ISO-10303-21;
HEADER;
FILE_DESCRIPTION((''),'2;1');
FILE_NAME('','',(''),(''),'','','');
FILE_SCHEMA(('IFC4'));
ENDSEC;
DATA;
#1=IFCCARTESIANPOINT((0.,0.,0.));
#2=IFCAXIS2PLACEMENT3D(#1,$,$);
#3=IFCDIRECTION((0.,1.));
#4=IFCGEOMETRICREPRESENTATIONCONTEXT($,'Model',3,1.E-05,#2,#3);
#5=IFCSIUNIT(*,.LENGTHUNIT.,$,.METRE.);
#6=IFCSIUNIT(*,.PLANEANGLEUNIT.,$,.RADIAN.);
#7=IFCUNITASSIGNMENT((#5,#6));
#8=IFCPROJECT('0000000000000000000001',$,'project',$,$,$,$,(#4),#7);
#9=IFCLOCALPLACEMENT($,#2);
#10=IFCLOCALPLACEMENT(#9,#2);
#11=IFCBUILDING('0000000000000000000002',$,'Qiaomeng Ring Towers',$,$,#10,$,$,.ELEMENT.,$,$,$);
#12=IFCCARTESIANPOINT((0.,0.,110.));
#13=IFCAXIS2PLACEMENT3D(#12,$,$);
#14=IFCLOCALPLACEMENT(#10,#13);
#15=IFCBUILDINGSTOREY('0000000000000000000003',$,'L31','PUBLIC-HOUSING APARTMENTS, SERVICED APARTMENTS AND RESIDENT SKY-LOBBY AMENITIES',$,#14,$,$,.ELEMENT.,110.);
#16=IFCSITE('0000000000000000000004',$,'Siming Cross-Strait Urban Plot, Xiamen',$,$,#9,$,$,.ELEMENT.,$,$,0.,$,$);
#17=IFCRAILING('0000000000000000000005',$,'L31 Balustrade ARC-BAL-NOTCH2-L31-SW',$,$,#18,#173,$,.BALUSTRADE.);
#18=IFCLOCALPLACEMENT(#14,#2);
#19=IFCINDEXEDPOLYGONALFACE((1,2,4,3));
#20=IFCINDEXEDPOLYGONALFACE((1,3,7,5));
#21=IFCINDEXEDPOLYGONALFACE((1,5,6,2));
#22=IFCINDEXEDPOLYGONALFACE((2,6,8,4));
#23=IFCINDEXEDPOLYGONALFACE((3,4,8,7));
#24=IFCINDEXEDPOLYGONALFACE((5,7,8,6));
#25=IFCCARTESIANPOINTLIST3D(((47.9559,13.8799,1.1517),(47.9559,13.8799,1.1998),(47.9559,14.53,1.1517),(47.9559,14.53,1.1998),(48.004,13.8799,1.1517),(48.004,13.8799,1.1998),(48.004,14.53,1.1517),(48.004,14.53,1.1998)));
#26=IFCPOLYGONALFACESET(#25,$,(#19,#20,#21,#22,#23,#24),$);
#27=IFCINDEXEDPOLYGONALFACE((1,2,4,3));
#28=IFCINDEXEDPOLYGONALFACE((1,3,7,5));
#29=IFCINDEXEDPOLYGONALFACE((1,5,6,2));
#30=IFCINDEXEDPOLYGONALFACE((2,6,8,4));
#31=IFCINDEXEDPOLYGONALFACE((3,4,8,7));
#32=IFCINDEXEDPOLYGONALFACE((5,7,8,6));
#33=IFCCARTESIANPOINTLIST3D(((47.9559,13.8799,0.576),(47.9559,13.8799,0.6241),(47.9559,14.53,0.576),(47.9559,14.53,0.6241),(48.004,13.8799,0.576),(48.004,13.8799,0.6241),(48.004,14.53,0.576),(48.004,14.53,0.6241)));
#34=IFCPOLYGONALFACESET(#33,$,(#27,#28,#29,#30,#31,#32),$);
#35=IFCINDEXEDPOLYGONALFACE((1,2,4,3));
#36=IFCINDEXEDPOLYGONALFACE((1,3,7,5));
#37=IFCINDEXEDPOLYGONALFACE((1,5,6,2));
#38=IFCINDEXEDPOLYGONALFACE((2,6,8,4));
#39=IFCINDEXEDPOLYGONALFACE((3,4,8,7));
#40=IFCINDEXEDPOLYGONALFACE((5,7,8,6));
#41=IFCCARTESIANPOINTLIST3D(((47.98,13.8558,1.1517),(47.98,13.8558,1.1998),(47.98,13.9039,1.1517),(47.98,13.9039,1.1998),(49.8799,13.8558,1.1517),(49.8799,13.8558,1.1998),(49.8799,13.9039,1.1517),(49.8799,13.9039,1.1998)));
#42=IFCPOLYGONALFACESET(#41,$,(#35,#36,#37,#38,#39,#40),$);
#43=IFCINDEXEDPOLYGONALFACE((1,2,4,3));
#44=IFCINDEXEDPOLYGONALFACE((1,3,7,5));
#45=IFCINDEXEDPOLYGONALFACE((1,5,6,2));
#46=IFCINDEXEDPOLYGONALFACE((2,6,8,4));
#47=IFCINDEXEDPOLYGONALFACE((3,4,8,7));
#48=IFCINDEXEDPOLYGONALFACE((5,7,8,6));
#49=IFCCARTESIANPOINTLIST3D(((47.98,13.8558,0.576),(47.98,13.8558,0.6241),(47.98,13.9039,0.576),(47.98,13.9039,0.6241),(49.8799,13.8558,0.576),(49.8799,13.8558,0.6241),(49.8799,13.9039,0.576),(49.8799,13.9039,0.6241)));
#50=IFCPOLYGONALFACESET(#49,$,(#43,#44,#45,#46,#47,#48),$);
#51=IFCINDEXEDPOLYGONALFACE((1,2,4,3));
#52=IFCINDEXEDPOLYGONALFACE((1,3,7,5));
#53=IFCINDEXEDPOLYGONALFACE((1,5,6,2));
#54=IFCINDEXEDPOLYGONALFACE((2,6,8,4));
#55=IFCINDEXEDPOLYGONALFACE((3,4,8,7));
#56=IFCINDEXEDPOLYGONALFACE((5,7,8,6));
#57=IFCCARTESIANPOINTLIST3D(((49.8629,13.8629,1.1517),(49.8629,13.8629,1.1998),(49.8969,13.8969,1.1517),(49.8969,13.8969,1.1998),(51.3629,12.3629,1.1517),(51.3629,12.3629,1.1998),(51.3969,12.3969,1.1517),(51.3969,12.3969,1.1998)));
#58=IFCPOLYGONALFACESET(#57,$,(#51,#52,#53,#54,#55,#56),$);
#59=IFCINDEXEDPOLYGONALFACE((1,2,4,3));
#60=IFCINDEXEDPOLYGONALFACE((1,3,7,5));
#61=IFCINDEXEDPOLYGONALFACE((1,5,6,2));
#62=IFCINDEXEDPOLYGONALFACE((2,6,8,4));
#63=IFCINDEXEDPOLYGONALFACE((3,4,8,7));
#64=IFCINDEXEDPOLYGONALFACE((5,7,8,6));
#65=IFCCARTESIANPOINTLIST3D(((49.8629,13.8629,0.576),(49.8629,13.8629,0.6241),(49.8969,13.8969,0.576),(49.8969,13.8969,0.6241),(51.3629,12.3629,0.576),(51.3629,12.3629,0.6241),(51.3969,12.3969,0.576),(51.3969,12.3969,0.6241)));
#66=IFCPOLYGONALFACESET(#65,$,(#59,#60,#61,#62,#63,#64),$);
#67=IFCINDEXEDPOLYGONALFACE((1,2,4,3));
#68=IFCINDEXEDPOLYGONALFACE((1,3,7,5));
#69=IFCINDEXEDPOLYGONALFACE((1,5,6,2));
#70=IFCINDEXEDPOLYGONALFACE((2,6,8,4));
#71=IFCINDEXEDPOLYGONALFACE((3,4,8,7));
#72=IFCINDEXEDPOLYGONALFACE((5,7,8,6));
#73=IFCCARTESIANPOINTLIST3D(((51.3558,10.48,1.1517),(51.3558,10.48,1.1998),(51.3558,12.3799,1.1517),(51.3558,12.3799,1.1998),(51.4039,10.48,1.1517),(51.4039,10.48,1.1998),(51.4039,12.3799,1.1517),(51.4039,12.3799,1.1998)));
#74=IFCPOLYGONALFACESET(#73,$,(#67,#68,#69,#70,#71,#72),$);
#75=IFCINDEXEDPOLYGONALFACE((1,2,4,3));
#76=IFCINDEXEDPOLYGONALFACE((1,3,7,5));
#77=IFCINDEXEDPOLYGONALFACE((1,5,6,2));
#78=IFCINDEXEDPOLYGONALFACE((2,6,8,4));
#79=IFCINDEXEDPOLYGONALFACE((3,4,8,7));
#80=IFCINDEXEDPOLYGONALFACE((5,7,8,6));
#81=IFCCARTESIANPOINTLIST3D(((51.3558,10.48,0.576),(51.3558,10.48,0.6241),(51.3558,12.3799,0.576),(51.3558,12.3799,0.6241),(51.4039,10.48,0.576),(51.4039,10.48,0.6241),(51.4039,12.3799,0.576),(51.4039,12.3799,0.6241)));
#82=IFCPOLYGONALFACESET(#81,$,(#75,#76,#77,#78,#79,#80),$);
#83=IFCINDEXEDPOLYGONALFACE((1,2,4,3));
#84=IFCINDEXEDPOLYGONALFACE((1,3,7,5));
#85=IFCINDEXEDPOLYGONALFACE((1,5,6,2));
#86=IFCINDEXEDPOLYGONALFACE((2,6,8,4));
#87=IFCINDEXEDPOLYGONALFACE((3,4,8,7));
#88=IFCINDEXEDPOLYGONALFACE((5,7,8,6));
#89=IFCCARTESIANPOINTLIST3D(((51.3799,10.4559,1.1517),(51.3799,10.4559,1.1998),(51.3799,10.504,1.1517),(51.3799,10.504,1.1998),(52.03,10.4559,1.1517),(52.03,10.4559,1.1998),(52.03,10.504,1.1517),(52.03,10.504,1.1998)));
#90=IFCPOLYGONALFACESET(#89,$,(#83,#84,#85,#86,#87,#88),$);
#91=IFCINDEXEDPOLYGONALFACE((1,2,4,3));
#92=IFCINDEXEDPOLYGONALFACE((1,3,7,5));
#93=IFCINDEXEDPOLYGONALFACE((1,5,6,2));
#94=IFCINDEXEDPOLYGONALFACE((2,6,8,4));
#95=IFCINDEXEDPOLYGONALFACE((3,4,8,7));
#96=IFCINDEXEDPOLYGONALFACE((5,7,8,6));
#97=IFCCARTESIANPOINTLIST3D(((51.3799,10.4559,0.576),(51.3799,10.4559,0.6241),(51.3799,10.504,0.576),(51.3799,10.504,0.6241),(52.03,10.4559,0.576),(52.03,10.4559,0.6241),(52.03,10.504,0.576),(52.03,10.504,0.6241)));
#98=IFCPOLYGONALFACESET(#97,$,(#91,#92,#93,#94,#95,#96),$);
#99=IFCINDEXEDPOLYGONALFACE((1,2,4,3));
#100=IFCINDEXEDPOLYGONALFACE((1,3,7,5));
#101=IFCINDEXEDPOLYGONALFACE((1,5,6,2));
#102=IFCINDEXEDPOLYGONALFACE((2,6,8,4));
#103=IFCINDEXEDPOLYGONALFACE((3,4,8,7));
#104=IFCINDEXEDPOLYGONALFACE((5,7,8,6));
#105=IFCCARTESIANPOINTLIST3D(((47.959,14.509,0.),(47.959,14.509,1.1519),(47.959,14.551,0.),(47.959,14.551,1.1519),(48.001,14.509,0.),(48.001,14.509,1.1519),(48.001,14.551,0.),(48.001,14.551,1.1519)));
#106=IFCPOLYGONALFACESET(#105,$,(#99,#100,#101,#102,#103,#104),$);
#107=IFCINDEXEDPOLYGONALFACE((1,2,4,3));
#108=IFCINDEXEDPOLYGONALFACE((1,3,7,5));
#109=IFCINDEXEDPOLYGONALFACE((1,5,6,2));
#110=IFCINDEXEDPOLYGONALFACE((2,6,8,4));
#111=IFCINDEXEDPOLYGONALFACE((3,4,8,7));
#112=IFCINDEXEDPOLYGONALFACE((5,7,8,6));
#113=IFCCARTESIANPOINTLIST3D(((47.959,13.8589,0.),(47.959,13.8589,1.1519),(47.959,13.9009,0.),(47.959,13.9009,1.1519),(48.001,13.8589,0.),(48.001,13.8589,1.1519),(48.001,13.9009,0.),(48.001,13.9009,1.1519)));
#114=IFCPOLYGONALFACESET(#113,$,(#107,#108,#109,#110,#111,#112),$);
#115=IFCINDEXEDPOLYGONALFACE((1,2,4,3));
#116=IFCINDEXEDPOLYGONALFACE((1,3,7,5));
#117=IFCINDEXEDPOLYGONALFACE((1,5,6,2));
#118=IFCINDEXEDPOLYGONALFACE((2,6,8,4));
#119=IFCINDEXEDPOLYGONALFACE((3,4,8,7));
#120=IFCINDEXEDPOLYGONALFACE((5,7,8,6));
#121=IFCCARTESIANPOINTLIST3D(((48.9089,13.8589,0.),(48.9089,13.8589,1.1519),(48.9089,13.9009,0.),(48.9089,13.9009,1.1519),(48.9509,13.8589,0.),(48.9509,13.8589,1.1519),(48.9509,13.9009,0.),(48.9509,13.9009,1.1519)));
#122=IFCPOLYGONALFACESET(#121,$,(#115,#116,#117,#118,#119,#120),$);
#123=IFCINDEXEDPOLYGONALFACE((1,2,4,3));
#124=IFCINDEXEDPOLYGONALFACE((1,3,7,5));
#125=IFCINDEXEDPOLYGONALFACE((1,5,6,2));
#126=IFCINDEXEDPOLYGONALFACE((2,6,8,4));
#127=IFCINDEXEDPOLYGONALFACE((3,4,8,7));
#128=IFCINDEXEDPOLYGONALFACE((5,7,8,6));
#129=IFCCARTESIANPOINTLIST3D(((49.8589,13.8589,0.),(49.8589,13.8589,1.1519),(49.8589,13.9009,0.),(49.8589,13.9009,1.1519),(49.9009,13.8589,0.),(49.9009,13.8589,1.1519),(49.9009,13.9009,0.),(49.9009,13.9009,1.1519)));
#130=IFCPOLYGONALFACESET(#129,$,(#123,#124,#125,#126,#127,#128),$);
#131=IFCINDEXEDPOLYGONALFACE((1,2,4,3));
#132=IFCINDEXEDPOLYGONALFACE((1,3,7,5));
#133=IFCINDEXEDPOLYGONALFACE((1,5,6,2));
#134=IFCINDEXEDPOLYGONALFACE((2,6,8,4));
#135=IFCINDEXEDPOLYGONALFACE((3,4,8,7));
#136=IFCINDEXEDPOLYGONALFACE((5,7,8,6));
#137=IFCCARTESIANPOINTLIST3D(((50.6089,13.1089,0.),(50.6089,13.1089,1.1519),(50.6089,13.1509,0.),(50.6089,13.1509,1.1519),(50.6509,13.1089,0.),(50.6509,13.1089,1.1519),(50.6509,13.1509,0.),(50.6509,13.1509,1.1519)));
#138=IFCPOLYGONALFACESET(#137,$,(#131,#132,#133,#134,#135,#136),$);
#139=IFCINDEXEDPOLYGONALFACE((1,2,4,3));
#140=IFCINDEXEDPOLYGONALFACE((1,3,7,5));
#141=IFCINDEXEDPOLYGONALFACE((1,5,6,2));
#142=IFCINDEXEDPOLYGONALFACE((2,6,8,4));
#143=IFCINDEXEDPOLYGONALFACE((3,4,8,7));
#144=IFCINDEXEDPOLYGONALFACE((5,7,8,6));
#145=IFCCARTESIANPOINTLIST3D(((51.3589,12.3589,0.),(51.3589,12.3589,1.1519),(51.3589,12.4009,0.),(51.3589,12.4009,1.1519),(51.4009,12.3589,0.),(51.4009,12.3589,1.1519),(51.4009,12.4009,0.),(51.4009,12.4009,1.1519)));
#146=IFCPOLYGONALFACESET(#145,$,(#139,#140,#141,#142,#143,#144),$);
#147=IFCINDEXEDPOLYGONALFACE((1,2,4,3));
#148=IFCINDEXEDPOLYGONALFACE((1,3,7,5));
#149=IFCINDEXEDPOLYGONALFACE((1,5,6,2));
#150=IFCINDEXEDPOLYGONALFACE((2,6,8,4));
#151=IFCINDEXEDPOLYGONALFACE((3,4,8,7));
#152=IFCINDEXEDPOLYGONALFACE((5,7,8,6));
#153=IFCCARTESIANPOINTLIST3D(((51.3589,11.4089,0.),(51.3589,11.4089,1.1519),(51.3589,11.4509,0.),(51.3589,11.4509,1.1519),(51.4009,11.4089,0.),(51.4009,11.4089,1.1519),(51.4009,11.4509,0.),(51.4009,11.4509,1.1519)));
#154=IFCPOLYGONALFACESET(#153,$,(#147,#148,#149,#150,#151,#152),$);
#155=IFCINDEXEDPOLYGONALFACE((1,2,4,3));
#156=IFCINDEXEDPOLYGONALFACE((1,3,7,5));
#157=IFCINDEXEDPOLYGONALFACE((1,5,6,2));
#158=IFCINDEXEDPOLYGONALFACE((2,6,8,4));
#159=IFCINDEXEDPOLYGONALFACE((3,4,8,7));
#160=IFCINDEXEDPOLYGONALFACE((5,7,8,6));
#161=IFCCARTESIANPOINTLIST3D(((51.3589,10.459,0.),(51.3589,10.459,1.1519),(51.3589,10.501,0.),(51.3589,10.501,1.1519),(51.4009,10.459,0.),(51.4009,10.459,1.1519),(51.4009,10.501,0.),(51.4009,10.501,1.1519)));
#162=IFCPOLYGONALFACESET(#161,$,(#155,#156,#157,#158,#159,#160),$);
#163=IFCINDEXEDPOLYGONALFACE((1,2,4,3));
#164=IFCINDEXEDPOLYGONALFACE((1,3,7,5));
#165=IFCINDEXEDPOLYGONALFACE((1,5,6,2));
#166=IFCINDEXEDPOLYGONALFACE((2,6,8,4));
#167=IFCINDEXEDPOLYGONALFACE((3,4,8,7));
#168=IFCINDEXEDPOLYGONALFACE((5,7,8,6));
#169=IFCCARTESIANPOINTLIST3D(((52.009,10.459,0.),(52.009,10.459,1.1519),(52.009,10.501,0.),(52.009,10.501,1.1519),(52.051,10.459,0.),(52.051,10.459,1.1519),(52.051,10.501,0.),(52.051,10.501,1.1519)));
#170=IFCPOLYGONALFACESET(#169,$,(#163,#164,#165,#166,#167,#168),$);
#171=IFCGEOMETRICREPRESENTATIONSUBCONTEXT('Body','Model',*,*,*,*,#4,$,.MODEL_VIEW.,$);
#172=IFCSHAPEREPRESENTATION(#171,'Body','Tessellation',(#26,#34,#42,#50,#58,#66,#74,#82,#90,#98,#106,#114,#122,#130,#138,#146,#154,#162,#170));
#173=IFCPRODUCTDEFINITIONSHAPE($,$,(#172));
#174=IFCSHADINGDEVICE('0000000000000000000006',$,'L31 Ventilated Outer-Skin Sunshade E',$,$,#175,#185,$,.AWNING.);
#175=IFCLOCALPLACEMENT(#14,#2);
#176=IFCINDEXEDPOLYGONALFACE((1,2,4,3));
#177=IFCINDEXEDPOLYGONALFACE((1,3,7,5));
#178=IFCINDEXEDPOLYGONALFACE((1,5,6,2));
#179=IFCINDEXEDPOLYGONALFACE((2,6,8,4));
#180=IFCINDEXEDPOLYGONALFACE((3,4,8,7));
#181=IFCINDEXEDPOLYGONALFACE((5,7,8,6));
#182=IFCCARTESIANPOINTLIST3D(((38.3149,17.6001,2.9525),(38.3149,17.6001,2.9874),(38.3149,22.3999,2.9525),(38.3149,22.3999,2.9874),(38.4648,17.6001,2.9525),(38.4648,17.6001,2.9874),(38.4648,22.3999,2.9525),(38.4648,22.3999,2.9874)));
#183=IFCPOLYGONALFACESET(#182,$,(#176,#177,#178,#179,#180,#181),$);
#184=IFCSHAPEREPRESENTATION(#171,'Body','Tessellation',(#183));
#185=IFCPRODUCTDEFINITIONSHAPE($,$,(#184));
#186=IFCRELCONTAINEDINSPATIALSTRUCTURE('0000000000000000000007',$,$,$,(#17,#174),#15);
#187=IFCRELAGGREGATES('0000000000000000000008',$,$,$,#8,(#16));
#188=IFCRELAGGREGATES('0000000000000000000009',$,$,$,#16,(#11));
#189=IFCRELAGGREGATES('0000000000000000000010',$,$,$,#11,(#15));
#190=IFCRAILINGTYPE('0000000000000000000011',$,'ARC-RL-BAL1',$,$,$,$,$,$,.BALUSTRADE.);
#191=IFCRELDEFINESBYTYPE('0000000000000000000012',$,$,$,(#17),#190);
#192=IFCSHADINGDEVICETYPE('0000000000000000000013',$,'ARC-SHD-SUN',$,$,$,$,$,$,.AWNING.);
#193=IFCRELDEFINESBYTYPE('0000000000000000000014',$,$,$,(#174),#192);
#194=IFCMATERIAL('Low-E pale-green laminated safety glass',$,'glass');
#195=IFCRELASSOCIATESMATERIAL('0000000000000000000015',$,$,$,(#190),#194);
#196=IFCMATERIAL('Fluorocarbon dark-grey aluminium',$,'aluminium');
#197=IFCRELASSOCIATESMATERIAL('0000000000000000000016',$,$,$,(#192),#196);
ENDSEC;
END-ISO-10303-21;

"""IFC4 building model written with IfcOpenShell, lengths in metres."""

from ifc_helpers import new_model, si_unit, direction, frame, origin, origin_2d, place, context, subcontext, project, spatial, rectangle, extrude, source, transform, mapped, material, material_profile, profile_set, type_object, element, save


model = new_model("IFC4")

# Units and contexts
model_context = context("Model", 3, precision=1e-05, world=origin(), true_north=direction((0.0, 1.0)))
body_context = subcontext(model_context, "Body", "Model", "MODEL_VIEW")
ifc_project = project(units=[si_unit("LENGTHUNIT", "METRE"), si_unit("PLANEANGLEUNIT", "RADIAN")], contexts=[model_context])

# Site, building, storey
site_placement = place(None, origin())
site = spatial("IfcSite", under=ifc_project, at=site_placement, Name="Siming Cross-Strait Urban Plot, Xiamen", CompositionType="ELEMENT", RefElevation=0.0)
building_placement = place(site_placement, origin())
building = spatial("IfcBuilding", under=site, at=building_placement, Name="Qiaomeng Ring Towers", CompositionType="ELEMENT")
storey_placement = place(building_placement, frame((0.0, 0.0, 110.0)))
storey = spatial("IfcBuildingStorey", under=building, at=storey_placement, Name="L31", Description="PUBLIC-HOUSING APARTMENTS, SERVICED APARTMENTS AND RESIDENT SKY-LOBBY AMENITIES", CompositionType="ELEMENT", Elevation=110.0)

# Railing
ifc_material_1 = material(Name="Low-E pale-green laminated safety glass", Category="glass")
railing_type = type_object("IfcRailingType", Name="ARC-RL-BAL1", PredefinedType="BALUSTRADE", material=ifc_material_1)
railing_placement = place(storey_placement, frame((47.98, 14.53, 0.0)))
element("IfcRailing", 1, at=railing_placement, inside=storey, type_object=railing_type, Name="L31 Balustrade ARC-BAL-NOTCH2-L31-SW", PredefinedType="BALUSTRADE", context=body_context, shape_type="SweptSolid", body=[
    extrude(rectangle(XDim=0.0481, YDim=0.0481, at=origin_2d()), frame((0.0, 0.0, 1.1758), z_axis=(0.0, -1.0, 0.0), x_axis=(1.0, 0.0, 0.0)), (0.0, 0.0, 1.0), 0.6501),
    extrude(rectangle(XDim=0.0481, YDim=0.0481, at=origin_2d()), frame((0.0, 0.0, 0.6001), z_axis=(0.0, -1.0, 0.0), x_axis=(1.0, 0.0, 0.0)), (0.0, 0.0, 1.0), 0.6501),
    extrude(rectangle(XDim=0.0481, YDim=0.0481, at=origin_2d()), frame((0.0, -0.6501, 1.1758), z_axis=(1.0, 0.0, 0.0), x_axis=(0.0, 1.0, 0.0)), (0.0, 0.0, 1.0), 1.8999),
    extrude(rectangle(XDim=0.0481, YDim=0.0481, at=origin_2d()), frame((0.0, -0.6501, 0.6001), z_axis=(1.0, 0.0, 0.0), x_axis=(0.0, 1.0, 0.0)), (0.0, 0.0, 1.0), 1.8999),
    extrude(rectangle(XDim=0.0481, YDim=0.0481, at=origin_2d()), frame((1.8999, -0.6501, 1.1758), z_axis=(0.707107, -0.707107, 0.0), x_axis=(0.707107, 0.707107, 0.0)), (0.0, 0.0, 1.0), 2.1213),
    extrude(rectangle(XDim=0.0481, YDim=0.0481, at=origin_2d()), frame((1.8999, -0.6501, 0.6001), z_axis=(0.707107, -0.707107, 0.0), x_axis=(0.707107, 0.707107, 0.0)), (0.0, 0.0, 1.0), 2.1213),
    extrude(rectangle(XDim=0.0481, YDim=0.0481, at=origin_2d()), frame((3.3999, -2.1501, 1.1758), z_axis=(0.0, -1.0, 0.0), x_axis=(1.0, 0.0, 0.0)), (0.0, 0.0, 1.0), 1.8999),
    extrude(rectangle(XDim=0.0481, YDim=0.0481, at=origin_2d()), frame((3.3999, -2.1501, 0.6001), z_axis=(0.0, -1.0, 0.0), x_axis=(1.0, 0.0, 0.0)), (0.0, 0.0, 1.0), 1.8999),
    extrude(rectangle(XDim=0.0481, YDim=0.0481, at=origin_2d()), frame((3.3999, -4.05, 1.1758), z_axis=(1.0, 0.0, 0.0), x_axis=(0.0, 1.0, 0.0)), (0.0, 0.0, 1.0), 0.6501),
    extrude(rectangle(XDim=0.0481, YDim=0.0481, at=origin_2d()), frame((3.3999, -4.05, 0.6001), z_axis=(1.0, 0.0, 0.0), x_axis=(0.0, 1.0, 0.0)), (0.0, 0.0, 1.0), 0.6501),
    extrude(rectangle(XDim=0.042, YDim=0.042, at=origin_2d()), origin(), (0.0, 0.0, 1.0), 1.1519),
    extrude(rectangle(XDim=0.042, YDim=0.042, at=origin_2d()), frame((0.0, -0.6501, 0.0)), (0.0, 0.0, 1.0), 1.1519),
    extrude(rectangle(XDim=0.042, YDim=0.042, at=origin_2d()), frame((0.95, -0.6501, 0.0)), (0.0, 0.0, 1.0), 1.1519),
    extrude(rectangle(XDim=0.042, YDim=0.042, at=origin_2d()), frame((1.8999, -0.6501, 0.0)), (0.0, 0.0, 1.0), 1.1519),
    extrude(rectangle(XDim=0.042, YDim=0.042, at=origin_2d()), frame((2.6499, -1.4001, 0.0)), (0.0, 0.0, 1.0), 1.1519),
    extrude(rectangle(XDim=0.042, YDim=0.042, at=origin_2d()), frame((3.3999, -2.1501, 0.0)), (0.0, 0.0, 1.0), 1.1519),
    extrude(rectangle(XDim=0.042, YDim=0.042, at=origin_2d()), frame((3.3999, -3.1001, 0.0)), (0.0, 0.0, 1.0), 1.1519),
    extrude(rectangle(XDim=0.042, YDim=0.042, at=origin_2d()), frame((3.3999, -4.05, 0.0)), (0.0, 0.0, 1.0), 1.1519),
    extrude(rectangle(XDim=0.042, YDim=0.042, at=origin_2d()), frame((4.05, -4.05, 0.0)), (0.0, 0.0, 1.0), 1.1519),
])

# Shading device
ifc_material_2 = material(Name="Fluorocarbon dark-grey aluminium", Category="aluminium")
ifc_material_profile_1 = material_profile(ifc_material_2, rectangle(XDim=0.1499, YDim=0.0349, at=origin_2d()), Name="LV BLADE 150x35")
ifc_profile_set_1 = profile_set([ifc_material_profile_1], Name="Fluorocarbon dark-grey aluminium")
shading_device_type = type_object("IfcShadingDeviceType", Name="ARC-SHD-SUN", PredefinedType="AWNING", material=ifc_profile_set_1)
shared_shape_1 = source(origin(), body_context, "Body", "SweptSolid", [
    extrude(rectangle(XDim=0.1499, YDim=0.0349, at=origin_2d()), origin(), (0.0, 0.0, 1.0), 4.7998),
])
shading_device_placement = place(storey_placement, frame((38.3899, 17.6001, 2.97), z_axis=(0.0, 1.0, 0.0), x_axis=(-1.0, 0.0, 0.0)))
element("IfcShadingDevice", 2, at=shading_device_placement, inside=storey, type_object=shading_device_type, Name="L31 Ventilated Outer-Skin Sunshade E", PredefinedType="AWNING", context=body_context, shape_type="MappedRepresentation", body=[
    mapped(shared_shape_1, transform((0.0, 0.0, 0.0), x_axis=(1.0, 0.0, 0.0), y_axis=(0.0, 1.0, 0.0), z_axis=(0.0, 0.0, 1.0), scale=1.0)),
])

save(model, "model.ifc")
